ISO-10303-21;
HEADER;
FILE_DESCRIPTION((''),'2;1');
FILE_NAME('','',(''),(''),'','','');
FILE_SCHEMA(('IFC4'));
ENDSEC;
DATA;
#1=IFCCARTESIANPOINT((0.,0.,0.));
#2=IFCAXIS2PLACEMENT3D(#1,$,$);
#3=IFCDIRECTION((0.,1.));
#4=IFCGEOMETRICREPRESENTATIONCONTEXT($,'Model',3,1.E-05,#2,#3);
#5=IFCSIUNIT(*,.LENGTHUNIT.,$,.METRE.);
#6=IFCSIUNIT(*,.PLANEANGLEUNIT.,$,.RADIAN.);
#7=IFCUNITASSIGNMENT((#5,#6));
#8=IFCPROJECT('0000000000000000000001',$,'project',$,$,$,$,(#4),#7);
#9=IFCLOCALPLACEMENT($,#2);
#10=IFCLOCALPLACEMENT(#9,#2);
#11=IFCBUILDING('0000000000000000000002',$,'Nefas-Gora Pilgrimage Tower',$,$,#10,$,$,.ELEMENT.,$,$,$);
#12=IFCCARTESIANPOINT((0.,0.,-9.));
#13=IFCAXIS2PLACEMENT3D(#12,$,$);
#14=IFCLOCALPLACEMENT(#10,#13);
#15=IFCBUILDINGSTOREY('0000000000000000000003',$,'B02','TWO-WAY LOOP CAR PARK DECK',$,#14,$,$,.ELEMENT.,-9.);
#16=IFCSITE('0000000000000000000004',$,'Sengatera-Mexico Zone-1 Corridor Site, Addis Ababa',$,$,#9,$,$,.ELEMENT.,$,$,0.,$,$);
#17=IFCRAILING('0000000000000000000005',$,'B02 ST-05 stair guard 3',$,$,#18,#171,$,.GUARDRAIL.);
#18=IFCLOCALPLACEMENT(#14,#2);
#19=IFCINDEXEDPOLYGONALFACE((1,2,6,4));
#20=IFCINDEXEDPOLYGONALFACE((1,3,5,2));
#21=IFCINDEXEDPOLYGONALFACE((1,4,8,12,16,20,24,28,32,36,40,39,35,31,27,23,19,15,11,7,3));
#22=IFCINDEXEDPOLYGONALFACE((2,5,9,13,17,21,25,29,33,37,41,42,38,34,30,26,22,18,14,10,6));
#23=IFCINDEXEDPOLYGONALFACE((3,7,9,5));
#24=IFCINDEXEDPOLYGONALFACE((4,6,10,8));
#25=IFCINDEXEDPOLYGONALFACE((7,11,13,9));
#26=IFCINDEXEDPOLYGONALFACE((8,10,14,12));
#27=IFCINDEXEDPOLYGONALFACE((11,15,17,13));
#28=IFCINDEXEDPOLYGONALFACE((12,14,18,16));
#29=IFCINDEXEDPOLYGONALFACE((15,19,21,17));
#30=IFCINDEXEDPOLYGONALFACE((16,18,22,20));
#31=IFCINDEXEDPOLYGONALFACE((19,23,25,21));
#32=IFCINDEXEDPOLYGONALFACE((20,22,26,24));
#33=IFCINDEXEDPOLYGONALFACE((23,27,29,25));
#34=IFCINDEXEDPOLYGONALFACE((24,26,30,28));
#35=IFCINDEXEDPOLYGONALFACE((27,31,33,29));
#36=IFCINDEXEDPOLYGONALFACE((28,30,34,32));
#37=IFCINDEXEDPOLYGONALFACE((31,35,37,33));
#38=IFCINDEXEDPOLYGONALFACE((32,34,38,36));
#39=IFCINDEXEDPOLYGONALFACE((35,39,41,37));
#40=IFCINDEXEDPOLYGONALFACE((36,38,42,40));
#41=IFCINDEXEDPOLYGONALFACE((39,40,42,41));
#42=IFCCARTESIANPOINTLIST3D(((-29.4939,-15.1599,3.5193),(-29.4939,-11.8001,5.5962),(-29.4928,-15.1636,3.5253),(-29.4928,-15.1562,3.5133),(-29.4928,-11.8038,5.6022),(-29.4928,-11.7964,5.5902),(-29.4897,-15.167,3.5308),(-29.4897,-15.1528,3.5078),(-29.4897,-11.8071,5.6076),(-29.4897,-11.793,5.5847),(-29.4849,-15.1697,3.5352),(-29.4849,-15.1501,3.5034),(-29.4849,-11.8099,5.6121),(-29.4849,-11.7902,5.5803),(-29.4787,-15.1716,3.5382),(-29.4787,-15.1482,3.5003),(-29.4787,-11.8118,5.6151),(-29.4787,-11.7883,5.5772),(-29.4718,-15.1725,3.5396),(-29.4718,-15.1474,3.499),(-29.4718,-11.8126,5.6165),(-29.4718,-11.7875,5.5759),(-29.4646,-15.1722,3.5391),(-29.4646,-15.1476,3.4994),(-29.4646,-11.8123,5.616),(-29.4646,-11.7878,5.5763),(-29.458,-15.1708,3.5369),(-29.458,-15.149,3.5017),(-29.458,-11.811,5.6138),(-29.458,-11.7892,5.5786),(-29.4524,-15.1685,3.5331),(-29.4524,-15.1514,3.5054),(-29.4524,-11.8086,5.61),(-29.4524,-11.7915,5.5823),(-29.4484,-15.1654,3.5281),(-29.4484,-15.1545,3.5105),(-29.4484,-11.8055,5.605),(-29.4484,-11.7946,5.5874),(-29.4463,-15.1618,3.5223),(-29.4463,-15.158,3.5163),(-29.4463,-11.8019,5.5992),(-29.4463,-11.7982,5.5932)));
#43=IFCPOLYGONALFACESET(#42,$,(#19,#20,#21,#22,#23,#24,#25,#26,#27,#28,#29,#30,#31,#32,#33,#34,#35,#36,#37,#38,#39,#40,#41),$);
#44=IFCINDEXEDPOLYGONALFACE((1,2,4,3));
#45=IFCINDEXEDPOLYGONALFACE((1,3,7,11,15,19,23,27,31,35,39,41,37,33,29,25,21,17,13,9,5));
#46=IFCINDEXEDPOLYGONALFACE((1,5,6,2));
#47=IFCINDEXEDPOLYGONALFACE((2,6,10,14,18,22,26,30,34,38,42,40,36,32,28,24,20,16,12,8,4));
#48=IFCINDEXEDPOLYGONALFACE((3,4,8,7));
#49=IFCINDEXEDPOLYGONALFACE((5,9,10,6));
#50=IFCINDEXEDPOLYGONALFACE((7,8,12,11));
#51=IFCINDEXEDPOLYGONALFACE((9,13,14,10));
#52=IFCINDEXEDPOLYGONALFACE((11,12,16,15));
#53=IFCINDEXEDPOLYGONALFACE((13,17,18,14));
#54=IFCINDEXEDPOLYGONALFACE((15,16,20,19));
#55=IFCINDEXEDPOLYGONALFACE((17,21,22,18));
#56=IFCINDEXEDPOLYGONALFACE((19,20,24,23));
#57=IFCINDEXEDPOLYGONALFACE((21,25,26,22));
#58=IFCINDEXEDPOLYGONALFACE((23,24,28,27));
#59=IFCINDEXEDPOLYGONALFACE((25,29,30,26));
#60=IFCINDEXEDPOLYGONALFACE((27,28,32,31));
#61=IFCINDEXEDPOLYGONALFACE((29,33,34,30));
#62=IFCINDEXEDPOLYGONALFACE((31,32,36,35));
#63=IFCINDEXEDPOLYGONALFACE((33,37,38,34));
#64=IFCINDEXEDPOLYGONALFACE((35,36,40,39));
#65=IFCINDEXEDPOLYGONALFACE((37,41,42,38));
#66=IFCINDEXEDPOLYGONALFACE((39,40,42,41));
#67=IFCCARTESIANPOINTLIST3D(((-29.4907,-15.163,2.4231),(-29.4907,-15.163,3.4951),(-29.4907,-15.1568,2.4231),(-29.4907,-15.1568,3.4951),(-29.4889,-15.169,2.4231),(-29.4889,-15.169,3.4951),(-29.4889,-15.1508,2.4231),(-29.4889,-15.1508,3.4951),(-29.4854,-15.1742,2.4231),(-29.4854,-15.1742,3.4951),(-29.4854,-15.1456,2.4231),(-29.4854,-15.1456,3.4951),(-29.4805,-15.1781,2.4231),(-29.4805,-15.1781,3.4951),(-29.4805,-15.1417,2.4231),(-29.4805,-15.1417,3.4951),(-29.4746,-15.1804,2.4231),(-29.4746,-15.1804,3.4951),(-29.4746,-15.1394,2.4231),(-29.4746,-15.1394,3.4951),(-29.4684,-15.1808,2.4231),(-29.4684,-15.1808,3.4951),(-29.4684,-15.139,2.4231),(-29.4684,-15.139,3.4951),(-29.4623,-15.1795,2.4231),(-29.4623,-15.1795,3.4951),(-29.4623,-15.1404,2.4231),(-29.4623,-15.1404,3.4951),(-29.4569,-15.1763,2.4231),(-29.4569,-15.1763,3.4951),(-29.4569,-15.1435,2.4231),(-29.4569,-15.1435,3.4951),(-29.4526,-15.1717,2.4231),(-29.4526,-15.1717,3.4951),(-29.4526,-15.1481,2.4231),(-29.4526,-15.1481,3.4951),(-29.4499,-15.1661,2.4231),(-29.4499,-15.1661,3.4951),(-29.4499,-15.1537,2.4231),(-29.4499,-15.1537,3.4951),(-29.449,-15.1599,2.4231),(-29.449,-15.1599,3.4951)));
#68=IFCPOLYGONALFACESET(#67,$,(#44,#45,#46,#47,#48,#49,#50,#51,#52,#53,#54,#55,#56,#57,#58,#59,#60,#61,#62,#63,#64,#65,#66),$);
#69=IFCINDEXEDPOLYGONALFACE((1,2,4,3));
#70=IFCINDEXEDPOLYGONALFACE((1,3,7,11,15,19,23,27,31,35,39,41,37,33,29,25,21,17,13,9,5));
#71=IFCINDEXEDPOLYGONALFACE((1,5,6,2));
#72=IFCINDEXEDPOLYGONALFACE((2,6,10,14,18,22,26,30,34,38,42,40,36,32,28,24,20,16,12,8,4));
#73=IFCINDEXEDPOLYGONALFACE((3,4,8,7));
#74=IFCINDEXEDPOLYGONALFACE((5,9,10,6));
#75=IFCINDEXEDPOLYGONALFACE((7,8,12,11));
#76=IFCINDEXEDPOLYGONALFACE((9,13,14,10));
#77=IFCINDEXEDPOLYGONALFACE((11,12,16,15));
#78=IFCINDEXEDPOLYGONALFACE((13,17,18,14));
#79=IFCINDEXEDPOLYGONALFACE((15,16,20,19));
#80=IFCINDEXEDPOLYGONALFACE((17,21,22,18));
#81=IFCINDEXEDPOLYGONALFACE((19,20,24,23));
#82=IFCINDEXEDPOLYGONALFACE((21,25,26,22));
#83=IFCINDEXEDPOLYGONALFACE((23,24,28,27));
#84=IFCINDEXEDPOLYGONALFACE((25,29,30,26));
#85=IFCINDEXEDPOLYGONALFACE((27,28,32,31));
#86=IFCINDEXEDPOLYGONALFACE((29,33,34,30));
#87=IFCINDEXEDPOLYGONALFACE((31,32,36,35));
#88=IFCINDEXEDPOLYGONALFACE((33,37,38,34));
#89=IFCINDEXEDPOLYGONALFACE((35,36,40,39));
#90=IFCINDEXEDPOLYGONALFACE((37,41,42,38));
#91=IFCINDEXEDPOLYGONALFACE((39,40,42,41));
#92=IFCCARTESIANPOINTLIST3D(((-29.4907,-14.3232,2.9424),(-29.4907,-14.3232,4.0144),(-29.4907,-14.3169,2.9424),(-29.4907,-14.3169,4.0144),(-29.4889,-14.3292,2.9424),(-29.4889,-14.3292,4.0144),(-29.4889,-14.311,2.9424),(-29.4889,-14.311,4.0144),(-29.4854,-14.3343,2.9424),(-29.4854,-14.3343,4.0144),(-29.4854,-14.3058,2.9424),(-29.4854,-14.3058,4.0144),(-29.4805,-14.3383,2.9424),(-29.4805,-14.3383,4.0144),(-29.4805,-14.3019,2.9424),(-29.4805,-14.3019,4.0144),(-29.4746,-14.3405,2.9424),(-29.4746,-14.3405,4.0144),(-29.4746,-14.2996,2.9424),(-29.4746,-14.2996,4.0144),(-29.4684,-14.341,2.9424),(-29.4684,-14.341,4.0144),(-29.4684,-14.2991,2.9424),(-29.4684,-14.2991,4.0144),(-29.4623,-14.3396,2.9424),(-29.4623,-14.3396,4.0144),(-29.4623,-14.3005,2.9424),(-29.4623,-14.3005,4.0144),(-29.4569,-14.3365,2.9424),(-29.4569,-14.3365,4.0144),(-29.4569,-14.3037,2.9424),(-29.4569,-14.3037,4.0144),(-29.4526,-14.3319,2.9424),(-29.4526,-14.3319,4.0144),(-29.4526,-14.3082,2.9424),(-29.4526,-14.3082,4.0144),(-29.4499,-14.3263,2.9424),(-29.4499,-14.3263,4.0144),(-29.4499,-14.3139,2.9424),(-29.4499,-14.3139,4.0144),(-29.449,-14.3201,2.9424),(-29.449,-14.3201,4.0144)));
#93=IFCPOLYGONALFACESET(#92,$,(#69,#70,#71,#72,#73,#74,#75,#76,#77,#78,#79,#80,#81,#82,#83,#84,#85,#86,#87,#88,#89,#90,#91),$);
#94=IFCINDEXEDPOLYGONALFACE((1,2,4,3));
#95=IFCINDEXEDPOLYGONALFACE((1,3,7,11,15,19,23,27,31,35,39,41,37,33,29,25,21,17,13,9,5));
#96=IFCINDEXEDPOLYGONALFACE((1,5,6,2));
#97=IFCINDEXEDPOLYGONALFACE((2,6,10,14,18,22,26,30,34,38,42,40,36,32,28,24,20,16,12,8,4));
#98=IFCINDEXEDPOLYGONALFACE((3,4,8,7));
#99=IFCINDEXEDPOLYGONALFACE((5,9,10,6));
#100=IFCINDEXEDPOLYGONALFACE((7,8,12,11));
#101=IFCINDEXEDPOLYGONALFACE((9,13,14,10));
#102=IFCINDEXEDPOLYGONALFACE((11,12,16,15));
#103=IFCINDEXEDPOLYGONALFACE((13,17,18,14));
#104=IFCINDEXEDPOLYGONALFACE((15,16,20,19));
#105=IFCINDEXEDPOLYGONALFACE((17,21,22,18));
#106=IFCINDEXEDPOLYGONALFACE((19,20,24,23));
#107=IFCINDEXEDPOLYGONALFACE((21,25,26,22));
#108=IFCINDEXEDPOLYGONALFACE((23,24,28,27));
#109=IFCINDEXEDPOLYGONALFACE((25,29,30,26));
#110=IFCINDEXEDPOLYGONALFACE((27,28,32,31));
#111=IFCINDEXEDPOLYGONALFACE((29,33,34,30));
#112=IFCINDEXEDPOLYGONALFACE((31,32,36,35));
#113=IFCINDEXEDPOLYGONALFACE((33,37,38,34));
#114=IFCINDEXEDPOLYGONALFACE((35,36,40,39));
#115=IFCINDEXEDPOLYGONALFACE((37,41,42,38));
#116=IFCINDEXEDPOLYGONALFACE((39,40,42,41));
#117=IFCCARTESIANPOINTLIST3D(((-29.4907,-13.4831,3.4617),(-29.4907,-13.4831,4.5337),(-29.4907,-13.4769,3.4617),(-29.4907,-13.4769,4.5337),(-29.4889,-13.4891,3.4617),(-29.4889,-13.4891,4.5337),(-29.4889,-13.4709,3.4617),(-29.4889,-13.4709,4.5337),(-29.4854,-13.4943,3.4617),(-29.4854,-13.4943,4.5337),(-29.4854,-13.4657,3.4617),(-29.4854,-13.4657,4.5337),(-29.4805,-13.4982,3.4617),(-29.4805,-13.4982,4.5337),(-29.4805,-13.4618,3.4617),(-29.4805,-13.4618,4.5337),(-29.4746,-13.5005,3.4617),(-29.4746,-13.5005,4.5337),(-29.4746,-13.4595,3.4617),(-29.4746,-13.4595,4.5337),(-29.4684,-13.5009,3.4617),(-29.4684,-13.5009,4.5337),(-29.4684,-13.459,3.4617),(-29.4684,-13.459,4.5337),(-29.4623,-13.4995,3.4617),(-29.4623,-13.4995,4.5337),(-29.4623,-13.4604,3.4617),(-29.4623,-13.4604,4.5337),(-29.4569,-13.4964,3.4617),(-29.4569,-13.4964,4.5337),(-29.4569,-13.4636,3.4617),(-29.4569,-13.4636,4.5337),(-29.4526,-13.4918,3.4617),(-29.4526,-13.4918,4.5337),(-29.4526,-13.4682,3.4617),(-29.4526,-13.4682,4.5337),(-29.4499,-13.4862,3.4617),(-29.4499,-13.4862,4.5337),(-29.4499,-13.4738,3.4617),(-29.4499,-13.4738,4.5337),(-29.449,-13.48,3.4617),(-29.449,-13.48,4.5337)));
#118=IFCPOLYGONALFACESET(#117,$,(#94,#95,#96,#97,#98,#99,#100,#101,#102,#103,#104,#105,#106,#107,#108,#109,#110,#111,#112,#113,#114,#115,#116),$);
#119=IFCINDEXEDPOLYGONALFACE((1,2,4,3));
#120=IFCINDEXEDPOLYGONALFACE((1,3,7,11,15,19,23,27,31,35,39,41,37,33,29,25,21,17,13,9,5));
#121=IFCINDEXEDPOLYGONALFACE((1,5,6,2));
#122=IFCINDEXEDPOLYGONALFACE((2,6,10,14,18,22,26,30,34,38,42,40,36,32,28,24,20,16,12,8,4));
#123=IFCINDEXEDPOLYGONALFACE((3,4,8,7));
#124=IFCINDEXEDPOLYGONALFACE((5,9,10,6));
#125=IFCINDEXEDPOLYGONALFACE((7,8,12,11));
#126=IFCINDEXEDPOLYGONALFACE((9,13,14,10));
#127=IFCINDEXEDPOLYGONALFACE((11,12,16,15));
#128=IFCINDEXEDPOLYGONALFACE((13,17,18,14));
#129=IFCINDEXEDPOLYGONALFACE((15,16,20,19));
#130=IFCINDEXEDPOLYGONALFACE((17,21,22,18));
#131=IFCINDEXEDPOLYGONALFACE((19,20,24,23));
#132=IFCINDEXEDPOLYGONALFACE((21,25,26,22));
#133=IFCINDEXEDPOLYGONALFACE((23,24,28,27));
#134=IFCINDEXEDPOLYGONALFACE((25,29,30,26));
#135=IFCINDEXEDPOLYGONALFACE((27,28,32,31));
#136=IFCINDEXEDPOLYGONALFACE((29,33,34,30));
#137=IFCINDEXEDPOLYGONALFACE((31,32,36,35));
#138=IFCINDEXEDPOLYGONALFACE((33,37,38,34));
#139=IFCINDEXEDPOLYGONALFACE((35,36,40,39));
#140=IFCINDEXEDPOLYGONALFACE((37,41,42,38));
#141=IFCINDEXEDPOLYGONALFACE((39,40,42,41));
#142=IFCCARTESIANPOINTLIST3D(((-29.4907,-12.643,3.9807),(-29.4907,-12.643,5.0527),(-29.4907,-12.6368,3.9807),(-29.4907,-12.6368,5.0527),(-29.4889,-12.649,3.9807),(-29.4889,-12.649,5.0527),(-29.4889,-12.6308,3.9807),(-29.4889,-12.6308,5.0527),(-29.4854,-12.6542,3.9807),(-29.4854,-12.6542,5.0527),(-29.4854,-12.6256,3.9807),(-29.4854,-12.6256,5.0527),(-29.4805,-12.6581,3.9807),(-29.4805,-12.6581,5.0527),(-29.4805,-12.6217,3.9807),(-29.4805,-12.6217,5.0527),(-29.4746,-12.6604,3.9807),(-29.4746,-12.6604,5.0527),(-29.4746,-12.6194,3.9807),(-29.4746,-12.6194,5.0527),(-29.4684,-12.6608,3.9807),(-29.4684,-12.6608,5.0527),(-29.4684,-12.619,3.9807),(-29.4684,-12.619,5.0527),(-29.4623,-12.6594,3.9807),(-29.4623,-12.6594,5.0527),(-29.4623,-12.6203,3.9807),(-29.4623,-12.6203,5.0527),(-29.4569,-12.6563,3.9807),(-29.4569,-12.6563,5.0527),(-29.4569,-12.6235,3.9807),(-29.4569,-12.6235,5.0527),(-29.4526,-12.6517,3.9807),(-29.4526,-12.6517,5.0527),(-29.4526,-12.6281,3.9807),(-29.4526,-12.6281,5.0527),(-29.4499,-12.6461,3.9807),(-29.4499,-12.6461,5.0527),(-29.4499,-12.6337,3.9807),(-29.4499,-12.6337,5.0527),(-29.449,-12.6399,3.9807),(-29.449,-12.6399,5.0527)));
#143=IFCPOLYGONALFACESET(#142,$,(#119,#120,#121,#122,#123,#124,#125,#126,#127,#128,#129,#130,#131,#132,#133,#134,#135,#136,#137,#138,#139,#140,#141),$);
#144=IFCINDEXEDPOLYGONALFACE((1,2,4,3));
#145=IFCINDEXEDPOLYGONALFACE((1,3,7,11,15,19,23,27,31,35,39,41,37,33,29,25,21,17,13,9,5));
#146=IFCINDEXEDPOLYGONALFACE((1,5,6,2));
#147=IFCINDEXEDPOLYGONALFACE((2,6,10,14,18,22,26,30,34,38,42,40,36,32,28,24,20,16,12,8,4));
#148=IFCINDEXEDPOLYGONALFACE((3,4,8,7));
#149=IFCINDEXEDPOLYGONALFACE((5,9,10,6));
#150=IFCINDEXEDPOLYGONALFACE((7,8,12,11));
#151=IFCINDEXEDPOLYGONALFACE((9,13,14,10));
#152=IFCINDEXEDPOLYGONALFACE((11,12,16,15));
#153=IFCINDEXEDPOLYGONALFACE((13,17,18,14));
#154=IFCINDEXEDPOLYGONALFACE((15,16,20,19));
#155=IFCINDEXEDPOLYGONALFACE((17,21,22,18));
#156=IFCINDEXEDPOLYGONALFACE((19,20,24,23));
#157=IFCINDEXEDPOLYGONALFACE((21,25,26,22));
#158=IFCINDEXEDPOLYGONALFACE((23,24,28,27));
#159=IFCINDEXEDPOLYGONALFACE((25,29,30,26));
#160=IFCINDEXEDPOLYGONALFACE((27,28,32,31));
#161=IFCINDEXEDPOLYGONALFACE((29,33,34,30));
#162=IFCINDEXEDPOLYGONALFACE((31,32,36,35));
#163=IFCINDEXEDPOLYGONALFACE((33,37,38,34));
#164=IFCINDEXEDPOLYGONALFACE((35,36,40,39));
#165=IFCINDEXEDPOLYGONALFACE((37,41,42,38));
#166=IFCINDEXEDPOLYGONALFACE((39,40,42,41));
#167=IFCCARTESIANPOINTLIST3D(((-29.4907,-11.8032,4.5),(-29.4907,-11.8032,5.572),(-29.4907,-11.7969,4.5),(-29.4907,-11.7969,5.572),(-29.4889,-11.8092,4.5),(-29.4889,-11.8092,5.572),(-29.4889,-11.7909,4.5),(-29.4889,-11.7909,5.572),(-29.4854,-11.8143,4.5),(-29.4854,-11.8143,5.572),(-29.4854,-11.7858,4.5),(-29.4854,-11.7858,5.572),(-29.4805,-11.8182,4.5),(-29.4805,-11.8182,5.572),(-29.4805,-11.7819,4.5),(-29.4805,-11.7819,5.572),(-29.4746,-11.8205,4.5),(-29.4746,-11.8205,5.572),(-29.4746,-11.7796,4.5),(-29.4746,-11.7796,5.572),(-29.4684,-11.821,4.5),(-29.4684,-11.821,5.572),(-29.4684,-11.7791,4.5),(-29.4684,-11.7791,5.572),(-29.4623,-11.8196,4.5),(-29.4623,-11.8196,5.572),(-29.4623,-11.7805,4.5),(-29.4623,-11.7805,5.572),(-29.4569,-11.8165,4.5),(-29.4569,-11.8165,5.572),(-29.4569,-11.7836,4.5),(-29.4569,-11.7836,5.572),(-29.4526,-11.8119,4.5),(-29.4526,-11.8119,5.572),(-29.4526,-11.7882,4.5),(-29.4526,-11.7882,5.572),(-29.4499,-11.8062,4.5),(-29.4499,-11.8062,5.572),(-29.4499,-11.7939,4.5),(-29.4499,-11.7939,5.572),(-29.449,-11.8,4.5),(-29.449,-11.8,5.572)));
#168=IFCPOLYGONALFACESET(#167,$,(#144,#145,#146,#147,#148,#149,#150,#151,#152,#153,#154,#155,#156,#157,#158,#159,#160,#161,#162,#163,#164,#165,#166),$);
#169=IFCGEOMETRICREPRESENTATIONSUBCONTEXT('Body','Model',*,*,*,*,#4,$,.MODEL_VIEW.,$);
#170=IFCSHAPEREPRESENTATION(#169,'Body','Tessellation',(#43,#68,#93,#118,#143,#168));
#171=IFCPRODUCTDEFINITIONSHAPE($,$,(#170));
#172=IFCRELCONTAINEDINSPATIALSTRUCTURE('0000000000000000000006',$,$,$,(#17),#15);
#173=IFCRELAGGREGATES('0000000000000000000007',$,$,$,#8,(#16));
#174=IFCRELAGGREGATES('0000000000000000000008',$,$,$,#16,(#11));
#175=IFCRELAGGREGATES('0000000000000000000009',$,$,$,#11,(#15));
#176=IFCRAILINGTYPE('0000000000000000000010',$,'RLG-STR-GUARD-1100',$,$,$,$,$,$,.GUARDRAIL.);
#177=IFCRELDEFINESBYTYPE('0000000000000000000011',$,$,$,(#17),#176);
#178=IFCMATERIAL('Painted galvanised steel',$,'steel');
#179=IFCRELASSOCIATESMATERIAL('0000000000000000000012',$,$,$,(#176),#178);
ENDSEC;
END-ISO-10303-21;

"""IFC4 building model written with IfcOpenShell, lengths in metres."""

from ifc_helpers import new_model, si_unit, direction, frame, origin, origin_2d, place, context, subcontext, project, spatial, circle, extrude, material, type_object, element, save


model = new_model("IFC4")

# Units and contexts
model_context = context("Model", 3, precision=1e-05, world=origin(), true_north=direction((0.0, 1.0)))
body_context = subcontext(model_context, "Body", "Model", "MODEL_VIEW")
ifc_project = project(units=[si_unit("LENGTHUNIT", "METRE"), si_unit("PLANEANGLEUNIT", "RADIAN")], contexts=[model_context])

# Site, building, storey
site_placement = place(None, origin())
site = spatial("IfcSite", under=ifc_project, at=site_placement, Name="Sengatera-Mexico Zone-1 Corridor Site, Addis Ababa", CompositionType="ELEMENT", RefElevation=0.0)
building_placement = place(site_placement, origin())
building = spatial("IfcBuilding", under=site, at=building_placement, Name="Nefas-Gora Pilgrimage Tower", CompositionType="ELEMENT")
storey_placement = place(building_placement, frame((0.0, 0.0, -9.0)))
storey = spatial("IfcBuildingStorey", under=building, at=storey_placement, Name="B02", Description="TWO-WAY LOOP CAR PARK DECK", CompositionType="ELEMENT", Elevation=-9.0)

# Railing
ifc_material_1 = material(Name="Painted galvanised steel", Category="steel")
railing_type_1 = type_object("IfcRailingType", Name="RLG-STR-GUARD-1100", PredefinedType="GUARDRAIL", material=ifc_material_1)
railing_1_placement = place(storey_placement, frame((-29.47, -15.1599, 2.4231)))
element("IfcRailing", 1, at=railing_1_placement, inside=storey, type_object=railing_type_1, Name="B02 ST-05 stair guard 3", PredefinedType="GUARDRAIL", context=body_context, shape_type="SweptSolid", body=[
    extrude(circle(Radius=0.0239, at=origin_2d()), frame((0.0, 0.0, 1.0962), z_axis=(0.0, 0.850606, 0.525803), x_axis=(-1.0, 0.0, 0.0)), (0.0, 0.0, 1.0), 3.95),
    extrude(circle(Radius=0.021, at=origin_2d()), origin(), (0.0, 0.0, 1.0), 1.072),
    extrude(circle(Radius=0.021, at=origin_2d()), frame((0.0, 0.8398, 0.5193)), (0.0, 0.0, 1.0), 1.072),
    extrude(circle(Radius=0.021, at=origin_2d()), frame((0.0, 1.6799, 1.0386)), (0.0, 0.0, 1.0), 1.072),
    extrude(circle(Radius=0.021, at=origin_2d()), frame((0.0, 2.52, 1.5576)), (0.0, 0.0, 1.0), 1.072),
    extrude(circle(Radius=0.021, at=origin_2d()), frame((0.0, 3.3599, 2.0769)), (0.0, 0.0, 1.0), 1.072),
])

save(model, "model.ifc")
